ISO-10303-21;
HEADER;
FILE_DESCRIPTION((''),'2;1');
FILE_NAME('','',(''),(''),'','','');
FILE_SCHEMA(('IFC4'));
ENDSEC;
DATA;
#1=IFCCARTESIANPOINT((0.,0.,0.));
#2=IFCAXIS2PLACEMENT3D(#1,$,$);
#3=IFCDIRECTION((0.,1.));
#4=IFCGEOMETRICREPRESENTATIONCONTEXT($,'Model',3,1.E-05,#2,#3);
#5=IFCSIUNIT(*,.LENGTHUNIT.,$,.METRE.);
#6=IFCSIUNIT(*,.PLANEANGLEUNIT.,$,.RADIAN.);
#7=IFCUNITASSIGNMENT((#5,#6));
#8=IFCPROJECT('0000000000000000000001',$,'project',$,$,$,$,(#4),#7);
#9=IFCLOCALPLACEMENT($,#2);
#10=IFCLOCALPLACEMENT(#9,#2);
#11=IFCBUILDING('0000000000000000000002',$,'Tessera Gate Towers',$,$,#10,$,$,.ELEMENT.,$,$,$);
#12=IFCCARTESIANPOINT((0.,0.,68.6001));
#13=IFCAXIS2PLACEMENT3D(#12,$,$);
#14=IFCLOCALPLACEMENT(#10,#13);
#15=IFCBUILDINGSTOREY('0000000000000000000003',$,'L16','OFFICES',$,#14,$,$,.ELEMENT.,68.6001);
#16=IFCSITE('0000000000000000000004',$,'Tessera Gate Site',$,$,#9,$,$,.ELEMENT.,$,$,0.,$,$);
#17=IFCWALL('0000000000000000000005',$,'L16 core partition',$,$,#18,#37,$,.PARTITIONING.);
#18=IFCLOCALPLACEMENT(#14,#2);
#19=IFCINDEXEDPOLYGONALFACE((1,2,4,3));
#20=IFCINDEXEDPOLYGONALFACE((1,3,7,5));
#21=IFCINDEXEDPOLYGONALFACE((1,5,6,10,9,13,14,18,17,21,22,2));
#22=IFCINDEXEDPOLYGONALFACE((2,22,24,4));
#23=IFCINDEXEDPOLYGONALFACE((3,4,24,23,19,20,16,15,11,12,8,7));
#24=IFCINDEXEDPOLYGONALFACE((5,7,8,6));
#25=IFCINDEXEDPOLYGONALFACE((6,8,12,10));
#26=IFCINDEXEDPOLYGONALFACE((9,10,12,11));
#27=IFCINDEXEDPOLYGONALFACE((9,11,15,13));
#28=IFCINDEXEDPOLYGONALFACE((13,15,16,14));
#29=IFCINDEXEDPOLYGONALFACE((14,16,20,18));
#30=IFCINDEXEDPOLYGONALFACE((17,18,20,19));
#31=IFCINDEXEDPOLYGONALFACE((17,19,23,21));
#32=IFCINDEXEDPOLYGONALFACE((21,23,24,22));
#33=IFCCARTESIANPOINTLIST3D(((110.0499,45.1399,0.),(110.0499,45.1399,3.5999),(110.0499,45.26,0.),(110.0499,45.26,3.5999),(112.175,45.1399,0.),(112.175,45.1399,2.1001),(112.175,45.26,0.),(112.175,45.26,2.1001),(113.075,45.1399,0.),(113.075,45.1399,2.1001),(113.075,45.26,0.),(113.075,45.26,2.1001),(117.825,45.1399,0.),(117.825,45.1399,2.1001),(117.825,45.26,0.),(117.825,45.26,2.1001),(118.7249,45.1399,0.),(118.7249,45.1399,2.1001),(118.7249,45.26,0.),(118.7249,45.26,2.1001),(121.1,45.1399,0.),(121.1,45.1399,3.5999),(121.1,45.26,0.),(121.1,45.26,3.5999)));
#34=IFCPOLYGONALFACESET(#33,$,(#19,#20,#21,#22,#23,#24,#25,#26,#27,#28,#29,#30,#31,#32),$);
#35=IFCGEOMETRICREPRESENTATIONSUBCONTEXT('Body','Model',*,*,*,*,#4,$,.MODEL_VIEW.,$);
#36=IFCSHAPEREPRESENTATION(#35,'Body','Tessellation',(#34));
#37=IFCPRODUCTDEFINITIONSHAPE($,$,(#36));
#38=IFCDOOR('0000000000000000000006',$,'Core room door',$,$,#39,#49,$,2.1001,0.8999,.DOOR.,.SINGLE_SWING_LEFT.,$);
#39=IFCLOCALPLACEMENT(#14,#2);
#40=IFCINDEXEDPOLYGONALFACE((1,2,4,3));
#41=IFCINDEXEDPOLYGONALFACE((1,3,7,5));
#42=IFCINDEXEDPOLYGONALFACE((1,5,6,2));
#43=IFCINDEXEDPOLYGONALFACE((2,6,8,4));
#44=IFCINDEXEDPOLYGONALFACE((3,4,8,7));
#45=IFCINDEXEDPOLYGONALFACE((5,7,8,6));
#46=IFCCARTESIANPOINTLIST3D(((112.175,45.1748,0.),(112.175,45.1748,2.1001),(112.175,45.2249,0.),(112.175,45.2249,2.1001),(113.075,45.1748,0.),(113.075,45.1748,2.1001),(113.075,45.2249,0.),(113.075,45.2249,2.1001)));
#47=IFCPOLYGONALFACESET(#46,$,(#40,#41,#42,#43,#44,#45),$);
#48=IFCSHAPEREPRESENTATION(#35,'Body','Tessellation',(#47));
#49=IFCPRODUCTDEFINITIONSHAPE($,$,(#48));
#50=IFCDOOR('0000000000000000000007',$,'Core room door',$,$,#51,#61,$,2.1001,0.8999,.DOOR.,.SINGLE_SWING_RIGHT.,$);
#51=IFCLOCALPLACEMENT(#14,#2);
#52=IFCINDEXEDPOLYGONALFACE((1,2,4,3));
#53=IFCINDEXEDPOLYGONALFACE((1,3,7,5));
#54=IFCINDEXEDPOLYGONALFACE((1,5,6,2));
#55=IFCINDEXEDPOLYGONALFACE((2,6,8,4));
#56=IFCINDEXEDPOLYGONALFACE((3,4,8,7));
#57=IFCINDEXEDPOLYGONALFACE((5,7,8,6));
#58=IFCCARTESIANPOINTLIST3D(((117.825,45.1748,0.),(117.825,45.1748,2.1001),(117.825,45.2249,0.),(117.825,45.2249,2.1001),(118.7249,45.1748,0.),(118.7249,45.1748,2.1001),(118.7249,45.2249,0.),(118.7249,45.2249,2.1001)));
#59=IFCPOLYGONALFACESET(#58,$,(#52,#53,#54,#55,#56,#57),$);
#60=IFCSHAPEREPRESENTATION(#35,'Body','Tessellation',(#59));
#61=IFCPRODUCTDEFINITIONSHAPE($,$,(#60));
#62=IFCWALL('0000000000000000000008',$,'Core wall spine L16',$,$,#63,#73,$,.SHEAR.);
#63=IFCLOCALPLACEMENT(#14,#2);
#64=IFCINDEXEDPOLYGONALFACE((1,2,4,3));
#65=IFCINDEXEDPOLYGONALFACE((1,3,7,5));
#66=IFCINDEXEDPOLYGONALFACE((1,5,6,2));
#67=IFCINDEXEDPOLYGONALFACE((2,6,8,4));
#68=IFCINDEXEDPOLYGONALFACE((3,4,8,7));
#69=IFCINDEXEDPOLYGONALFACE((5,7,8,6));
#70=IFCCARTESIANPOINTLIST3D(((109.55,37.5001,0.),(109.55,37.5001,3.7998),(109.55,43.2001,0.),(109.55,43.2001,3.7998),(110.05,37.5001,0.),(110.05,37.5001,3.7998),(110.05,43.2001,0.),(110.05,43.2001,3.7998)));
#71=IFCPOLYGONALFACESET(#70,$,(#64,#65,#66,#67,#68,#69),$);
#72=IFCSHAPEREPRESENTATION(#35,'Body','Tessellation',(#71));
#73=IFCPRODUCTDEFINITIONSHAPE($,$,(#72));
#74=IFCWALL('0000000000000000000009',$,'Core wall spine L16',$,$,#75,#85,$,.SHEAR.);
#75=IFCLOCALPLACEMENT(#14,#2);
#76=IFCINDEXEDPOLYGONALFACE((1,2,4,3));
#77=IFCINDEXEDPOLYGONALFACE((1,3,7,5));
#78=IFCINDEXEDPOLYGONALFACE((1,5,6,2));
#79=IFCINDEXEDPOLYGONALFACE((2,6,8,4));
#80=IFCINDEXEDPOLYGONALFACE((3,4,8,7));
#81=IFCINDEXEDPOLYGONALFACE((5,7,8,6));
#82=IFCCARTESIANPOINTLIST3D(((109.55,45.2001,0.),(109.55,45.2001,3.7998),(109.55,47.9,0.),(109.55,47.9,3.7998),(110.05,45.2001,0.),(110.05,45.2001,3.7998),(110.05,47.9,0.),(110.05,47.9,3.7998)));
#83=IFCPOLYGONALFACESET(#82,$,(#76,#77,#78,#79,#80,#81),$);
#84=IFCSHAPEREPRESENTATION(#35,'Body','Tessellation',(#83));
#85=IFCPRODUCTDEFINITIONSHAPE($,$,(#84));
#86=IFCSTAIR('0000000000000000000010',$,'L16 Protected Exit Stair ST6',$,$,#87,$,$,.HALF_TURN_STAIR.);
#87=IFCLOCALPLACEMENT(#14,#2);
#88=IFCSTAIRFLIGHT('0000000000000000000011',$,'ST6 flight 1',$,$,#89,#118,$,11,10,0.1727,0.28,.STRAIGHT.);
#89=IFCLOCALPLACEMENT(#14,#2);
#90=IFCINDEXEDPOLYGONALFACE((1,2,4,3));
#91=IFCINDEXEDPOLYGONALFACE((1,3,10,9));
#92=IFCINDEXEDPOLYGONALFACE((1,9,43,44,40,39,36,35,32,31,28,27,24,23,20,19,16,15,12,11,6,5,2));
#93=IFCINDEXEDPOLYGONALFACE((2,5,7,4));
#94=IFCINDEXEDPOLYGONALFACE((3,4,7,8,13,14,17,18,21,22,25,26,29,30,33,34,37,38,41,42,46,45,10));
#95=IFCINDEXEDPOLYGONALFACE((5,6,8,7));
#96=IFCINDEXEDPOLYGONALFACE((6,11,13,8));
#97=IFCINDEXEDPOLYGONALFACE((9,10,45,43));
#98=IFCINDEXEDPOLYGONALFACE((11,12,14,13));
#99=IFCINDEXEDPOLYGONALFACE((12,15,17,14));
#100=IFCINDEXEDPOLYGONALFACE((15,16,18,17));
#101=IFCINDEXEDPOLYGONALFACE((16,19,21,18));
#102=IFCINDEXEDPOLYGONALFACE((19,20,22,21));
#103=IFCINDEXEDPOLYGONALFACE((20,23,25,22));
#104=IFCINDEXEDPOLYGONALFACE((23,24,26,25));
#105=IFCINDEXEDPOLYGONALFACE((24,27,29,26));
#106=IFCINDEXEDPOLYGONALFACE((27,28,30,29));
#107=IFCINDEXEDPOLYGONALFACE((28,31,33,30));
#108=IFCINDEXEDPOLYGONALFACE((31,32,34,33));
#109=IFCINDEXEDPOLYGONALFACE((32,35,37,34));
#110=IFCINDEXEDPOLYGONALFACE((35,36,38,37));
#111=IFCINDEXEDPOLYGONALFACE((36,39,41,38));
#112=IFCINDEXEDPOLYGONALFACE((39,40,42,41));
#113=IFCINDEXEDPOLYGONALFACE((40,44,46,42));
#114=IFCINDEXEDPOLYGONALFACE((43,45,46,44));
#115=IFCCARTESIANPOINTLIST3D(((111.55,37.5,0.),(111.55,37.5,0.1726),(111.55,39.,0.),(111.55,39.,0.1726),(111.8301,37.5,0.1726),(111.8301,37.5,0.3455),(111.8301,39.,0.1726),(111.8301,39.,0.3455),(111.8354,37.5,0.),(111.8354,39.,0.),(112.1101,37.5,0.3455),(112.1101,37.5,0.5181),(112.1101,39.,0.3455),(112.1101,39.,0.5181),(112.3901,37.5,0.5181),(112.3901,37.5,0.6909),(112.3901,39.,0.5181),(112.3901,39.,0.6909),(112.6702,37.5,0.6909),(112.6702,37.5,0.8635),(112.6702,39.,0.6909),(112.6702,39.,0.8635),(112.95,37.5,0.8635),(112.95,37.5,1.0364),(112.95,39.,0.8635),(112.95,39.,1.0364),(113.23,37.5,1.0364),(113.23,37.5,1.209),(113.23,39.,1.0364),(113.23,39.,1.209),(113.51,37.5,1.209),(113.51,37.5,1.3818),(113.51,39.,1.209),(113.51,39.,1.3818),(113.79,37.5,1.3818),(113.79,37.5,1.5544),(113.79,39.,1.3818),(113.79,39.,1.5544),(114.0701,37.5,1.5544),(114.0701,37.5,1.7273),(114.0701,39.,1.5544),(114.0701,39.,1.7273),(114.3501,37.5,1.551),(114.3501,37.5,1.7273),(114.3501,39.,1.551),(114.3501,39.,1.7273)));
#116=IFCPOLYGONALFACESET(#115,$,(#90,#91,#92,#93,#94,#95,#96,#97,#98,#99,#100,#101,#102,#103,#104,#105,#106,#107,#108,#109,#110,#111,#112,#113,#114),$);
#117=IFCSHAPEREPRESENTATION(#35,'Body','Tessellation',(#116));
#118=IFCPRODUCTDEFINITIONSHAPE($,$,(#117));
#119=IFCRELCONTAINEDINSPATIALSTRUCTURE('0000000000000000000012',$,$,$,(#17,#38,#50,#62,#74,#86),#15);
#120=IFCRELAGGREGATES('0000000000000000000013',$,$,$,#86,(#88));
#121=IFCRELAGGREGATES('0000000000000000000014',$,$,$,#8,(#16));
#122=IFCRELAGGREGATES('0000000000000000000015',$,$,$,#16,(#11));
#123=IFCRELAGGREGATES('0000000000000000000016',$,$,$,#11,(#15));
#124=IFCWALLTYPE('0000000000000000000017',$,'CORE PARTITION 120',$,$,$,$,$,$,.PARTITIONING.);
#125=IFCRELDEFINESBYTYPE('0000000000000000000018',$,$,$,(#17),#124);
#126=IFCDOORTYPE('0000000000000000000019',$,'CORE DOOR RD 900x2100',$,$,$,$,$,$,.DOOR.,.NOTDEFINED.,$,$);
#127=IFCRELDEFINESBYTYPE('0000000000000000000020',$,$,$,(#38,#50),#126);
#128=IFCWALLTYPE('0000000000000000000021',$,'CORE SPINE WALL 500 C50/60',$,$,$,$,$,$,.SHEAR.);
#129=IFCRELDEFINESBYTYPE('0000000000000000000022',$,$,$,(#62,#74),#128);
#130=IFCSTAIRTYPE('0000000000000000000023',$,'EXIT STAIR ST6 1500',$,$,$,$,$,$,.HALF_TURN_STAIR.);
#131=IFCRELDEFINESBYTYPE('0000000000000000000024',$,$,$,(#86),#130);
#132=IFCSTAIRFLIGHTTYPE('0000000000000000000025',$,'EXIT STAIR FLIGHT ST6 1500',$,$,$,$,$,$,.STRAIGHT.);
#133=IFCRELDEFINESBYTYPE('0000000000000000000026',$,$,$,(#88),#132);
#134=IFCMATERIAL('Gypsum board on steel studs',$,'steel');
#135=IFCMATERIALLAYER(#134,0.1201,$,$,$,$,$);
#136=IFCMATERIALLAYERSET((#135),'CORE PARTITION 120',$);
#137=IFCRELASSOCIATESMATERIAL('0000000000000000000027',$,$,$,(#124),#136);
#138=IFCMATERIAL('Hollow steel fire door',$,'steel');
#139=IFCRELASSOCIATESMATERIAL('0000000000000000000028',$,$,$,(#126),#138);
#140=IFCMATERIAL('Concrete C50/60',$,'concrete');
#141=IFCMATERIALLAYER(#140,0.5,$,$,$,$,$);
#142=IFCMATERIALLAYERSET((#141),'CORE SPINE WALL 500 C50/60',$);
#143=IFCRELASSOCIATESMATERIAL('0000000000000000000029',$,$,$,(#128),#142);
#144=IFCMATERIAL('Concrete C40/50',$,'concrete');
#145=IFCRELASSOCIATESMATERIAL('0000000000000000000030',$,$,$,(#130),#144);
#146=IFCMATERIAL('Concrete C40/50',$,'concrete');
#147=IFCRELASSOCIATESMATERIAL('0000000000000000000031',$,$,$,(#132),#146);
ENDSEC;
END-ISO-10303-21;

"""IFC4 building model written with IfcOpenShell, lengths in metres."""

from ifc_helpers import new_model, si_unit, direction, frame, frame_2d, origin, place, context, subcontext, project, spatial, polyline, rectangle, outline, extrude, source, transform, mapped, material, layer, layer_set, type_object, element, fill, aggregate, save


model = new_model("IFC4")

# Units and contexts
model_context = context("Model", 3, precision=1e-05, world=origin(), true_north=direction((0.0, 1.0)))
body_context = subcontext(model_context, "Body", "Model", "MODEL_VIEW")
ifc_project = project(units=[si_unit("LENGTHUNIT", "METRE"), si_unit("PLANEANGLEUNIT", "RADIAN")], contexts=[model_context])

# Site, building, storey
site_placement = place(None, origin())
site = spatial("IfcSite", under=ifc_project, at=site_placement, Name="Tessera Gate Site", CompositionType="ELEMENT", RefElevation=0.0)
building_placement = place(site_placement, origin())
building = spatial("IfcBuilding", under=site, at=building_placement, Name="Tessera Gate Towers", CompositionType="ELEMENT")
storey_placement = place(building_placement, frame((0.0, 0.0, 68.6001)))
storey = spatial("IfcBuildingStorey", under=building, at=storey_placement, Name="L16", Description="OFFICES", CompositionType="ELEMENT", Elevation=68.6001)

# Wall, openings, doors
ifc_material_1 = material(Name="Gypsum board on steel studs", Category="steel")
ifc_layer_1 = layer(ifc_material_1, 0.1201)
ifc_layer_set_1 = layer_set([ifc_layer_1], Name="CORE PARTITION 120")
wall_type_1 = type_object("IfcWallType", Name="CORE PARTITION 120", PredefinedType="PARTITIONING", material=ifc_layer_set_1)
wall_1_placement = place(storey_placement, frame((110.05, 45.2, 0.0), z_axis=(0.0, 0.0, 1.0), x_axis=(1.0, 0.0, 0.0)))
wall_1 = element("IfcWall", 1, at=wall_1_placement, inside=storey, type_object=wall_type_1, Name="L16 core partition", PredefinedType="PARTITIONING", context=body_context, shape_type="SweptSolid", body=[
    extrude(rectangle(XDim=11.05, YDim=0.1201, at=frame_2d((5.5249, 0.0))), origin(), (0.0, 0.0, 1.0), 3.5999),
])
shared_shape_1 = source(origin(), body_context, "Body", "SweptSolid", [
    extrude(rectangle(XDim=0.8999, YDim=2.1001, at=frame_2d((0.45, 1.05))), frame((0.0, 0.0701, 0.0), z_axis=(0.0, -1.0, 0.0), x_axis=(1.0, 0.0, 0.0)), (0.0, 0.0, 1.0), 0.1401),
])
opening_1_placement = place(wall_1_placement, frame((2.125, 0.0, 0.0)))
opening_1 = element("IfcOpeningElement", 2, at=opening_1_placement, cuts=wall_1, PredefinedType="OPENING", context=body_context, shape_type="MappedRepresentation", body=[
    mapped(shared_shape_1, transform((0.0, 0.0, 0.0), scale=1.0)),
])
opening_2_placement = place(wall_1_placement, frame((7.7749, 0.0, 0.0)))
opening_2 = element("IfcOpeningElement", 3, at=opening_2_placement, cuts=wall_1, PredefinedType="OPENING", context=body_context, shape_type="MappedRepresentation", body=[
    mapped(shared_shape_1, transform((0.0, 0.0, 0.0), scale=1.0)),
])
ifc_material_2 = material(Name="Hollow steel fire door", Category="steel")
door_type_1 = type_object("IfcDoorType", Name="CORE DOOR RD 900x2100", OperationType="NOTDEFINED", PredefinedType="DOOR", material=ifc_material_2)
shared_shape_2 = source(origin(), body_context, "Body", "SweptSolid", [
    extrude(rectangle(XDim=0.8999, YDim=2.1001, at=frame_2d((0.45, 1.05))), frame((0.0, 0.0249, 0.0), z_axis=(0.0, -1.0, 0.0), x_axis=(1.0, 0.0, 0.0)), (0.0, 0.0, 1.0), 0.05),
])
door_1_placement = place(opening_1_placement, origin())
door_1 = element("IfcDoor", 4, at=door_1_placement, inside=storey, type_object=door_type_1, Name="Core room door", OperationType="SINGLE_SWING_LEFT", OverallHeight=2.1001, OverallWidth=0.8999, PredefinedType="DOOR", context=body_context, shape_type="MappedRepresentation", body=[
    mapped(shared_shape_2, transform((0.0, 0.0, 0.0), scale=1.0)),
])
fill(opening_1, door_1)
door_2_placement = place(opening_2_placement, origin())
door_2 = element("IfcDoor", 5, at=door_2_placement, inside=storey, type_object=door_type_1, Name="Core room door", OperationType="SINGLE_SWING_RIGHT", OverallHeight=2.1001, OverallWidth=0.8999, PredefinedType="DOOR", context=body_context, shape_type="MappedRepresentation", body=[
    mapped(shared_shape_2, transform((0.0, 0.0, 0.0), scale=1.0)),
])
fill(opening_2, door_2)

# Walls
ifc_material_3 = material(Name="Concrete C50/60", Category="concrete")
ifc_layer_2 = layer(ifc_material_3, 0.5)
ifc_layer_set_2 = layer_set([ifc_layer_2], Name="CORE SPINE WALL 500 C50/60")
wall_type_2 = type_object("IfcWallType", Name="CORE SPINE WALL 500 C50/60", PredefinedType="SHEAR", material=ifc_layer_set_2)
wall_2_placement = place(storey_placement, frame((109.8, 37.5, 0.0), z_axis=(0.0, 0.0, 1.0), x_axis=(0.0, 1.0, 0.0)))
element("IfcWall", 6, at=wall_2_placement, inside=storey, type_object=wall_type_2, Name="Core wall spine L16", PredefinedType="SHEAR", context=body_context, shape_type="SweptSolid", body=[
    extrude(rectangle(XDim=5.7, YDim=0.5, at=frame_2d((2.8501, 0.0))), origin(), (0.0, 0.0, 1.0), 3.7998),
])
wall_3_placement = place(storey_placement, frame((109.8, 45.2, 0.0), z_axis=(0.0, 0.0, 1.0), x_axis=(0.0, 1.0, 0.0)))
element("IfcWall", 7, at=wall_3_placement, inside=storey, type_object=wall_type_2, Name="Core wall spine L16", PredefinedType="SHEAR", context=body_context, shape_type="SweptSolid", body=[
    extrude(rectangle(XDim=2.7, YDim=0.5, at=frame_2d((1.3501, 0.0))), origin(), (0.0, 0.0, 1.0), 3.7998),
])

# Stair, stair flight
ifc_material_4 = material(Name="Concrete C40/50", Category="concrete")
stair_type = type_object("IfcStairType", Name="EXIT STAIR ST6 1500", PredefinedType="HALF_TURN_STAIR", material=ifc_material_4)
stair_placement = place(storey_placement, origin())
stair = element("IfcStair", 8, at=stair_placement, inside=storey, type_object=stair_type, Name="L16 Protected Exit Stair ST6", PredefinedType="HALF_TURN_STAIR")
ifc_material_5 = material(Name="Concrete C40/50", Category="concrete")
stair_flight_type = type_object("IfcStairFlightType", Name="EXIT STAIR FLIGHT ST6 1500", PredefinedType="STRAIGHT", material=ifc_material_5)
stair_flight_placement = place(storey_placement, frame((111.55, 38.25, 0.0), z_axis=(0.0, 0.0, 1.0), x_axis=(1.0, 0.0, 0.0)))
stair_flight = element("IfcStairFlight", 9, at=stair_flight_placement, type_object=stair_flight_type, Name="ST6 flight 1", NumberOfRisers=11, NumberOfTreads=10, PredefinedType="STRAIGHT", RiserHeight=0.1727, TreadLength=0.28, context=body_context, shape_type="SweptSolid", body=[
    extrude(outline(polyline([(0.0, 0.0), (0.0, 0.1726), (0.28, 0.1726), (0.28, 0.3455), (0.5601, 0.3455), (0.5601, 0.5181), (0.8401, 0.5181), (0.8401, 0.6909), (1.1201, 0.6909), (1.1201, 0.8635), (1.3999, 0.8635), (1.3999, 1.0364), (1.6799, 1.0364), (1.6799, 1.209), (1.96, 1.209), (1.96, 1.3818), (2.24, 1.3818), (2.24, 1.5544), (2.52, 1.5544), (2.52, 1.7273), (2.8, 1.7273), (2.8, 1.8999), (2.8, 1.551), (0.2854, 0.0), (0.0, 0.0)])), frame((0.0, 0.75, 0.0), z_axis=(0.0, -1.0, 0.0), x_axis=(1.0, 0.0, 0.0)), (0.0, 0.0, 1.0), 1.5),
])
aggregate(stair, [stair_flight])

save(model, "model.ifc")
